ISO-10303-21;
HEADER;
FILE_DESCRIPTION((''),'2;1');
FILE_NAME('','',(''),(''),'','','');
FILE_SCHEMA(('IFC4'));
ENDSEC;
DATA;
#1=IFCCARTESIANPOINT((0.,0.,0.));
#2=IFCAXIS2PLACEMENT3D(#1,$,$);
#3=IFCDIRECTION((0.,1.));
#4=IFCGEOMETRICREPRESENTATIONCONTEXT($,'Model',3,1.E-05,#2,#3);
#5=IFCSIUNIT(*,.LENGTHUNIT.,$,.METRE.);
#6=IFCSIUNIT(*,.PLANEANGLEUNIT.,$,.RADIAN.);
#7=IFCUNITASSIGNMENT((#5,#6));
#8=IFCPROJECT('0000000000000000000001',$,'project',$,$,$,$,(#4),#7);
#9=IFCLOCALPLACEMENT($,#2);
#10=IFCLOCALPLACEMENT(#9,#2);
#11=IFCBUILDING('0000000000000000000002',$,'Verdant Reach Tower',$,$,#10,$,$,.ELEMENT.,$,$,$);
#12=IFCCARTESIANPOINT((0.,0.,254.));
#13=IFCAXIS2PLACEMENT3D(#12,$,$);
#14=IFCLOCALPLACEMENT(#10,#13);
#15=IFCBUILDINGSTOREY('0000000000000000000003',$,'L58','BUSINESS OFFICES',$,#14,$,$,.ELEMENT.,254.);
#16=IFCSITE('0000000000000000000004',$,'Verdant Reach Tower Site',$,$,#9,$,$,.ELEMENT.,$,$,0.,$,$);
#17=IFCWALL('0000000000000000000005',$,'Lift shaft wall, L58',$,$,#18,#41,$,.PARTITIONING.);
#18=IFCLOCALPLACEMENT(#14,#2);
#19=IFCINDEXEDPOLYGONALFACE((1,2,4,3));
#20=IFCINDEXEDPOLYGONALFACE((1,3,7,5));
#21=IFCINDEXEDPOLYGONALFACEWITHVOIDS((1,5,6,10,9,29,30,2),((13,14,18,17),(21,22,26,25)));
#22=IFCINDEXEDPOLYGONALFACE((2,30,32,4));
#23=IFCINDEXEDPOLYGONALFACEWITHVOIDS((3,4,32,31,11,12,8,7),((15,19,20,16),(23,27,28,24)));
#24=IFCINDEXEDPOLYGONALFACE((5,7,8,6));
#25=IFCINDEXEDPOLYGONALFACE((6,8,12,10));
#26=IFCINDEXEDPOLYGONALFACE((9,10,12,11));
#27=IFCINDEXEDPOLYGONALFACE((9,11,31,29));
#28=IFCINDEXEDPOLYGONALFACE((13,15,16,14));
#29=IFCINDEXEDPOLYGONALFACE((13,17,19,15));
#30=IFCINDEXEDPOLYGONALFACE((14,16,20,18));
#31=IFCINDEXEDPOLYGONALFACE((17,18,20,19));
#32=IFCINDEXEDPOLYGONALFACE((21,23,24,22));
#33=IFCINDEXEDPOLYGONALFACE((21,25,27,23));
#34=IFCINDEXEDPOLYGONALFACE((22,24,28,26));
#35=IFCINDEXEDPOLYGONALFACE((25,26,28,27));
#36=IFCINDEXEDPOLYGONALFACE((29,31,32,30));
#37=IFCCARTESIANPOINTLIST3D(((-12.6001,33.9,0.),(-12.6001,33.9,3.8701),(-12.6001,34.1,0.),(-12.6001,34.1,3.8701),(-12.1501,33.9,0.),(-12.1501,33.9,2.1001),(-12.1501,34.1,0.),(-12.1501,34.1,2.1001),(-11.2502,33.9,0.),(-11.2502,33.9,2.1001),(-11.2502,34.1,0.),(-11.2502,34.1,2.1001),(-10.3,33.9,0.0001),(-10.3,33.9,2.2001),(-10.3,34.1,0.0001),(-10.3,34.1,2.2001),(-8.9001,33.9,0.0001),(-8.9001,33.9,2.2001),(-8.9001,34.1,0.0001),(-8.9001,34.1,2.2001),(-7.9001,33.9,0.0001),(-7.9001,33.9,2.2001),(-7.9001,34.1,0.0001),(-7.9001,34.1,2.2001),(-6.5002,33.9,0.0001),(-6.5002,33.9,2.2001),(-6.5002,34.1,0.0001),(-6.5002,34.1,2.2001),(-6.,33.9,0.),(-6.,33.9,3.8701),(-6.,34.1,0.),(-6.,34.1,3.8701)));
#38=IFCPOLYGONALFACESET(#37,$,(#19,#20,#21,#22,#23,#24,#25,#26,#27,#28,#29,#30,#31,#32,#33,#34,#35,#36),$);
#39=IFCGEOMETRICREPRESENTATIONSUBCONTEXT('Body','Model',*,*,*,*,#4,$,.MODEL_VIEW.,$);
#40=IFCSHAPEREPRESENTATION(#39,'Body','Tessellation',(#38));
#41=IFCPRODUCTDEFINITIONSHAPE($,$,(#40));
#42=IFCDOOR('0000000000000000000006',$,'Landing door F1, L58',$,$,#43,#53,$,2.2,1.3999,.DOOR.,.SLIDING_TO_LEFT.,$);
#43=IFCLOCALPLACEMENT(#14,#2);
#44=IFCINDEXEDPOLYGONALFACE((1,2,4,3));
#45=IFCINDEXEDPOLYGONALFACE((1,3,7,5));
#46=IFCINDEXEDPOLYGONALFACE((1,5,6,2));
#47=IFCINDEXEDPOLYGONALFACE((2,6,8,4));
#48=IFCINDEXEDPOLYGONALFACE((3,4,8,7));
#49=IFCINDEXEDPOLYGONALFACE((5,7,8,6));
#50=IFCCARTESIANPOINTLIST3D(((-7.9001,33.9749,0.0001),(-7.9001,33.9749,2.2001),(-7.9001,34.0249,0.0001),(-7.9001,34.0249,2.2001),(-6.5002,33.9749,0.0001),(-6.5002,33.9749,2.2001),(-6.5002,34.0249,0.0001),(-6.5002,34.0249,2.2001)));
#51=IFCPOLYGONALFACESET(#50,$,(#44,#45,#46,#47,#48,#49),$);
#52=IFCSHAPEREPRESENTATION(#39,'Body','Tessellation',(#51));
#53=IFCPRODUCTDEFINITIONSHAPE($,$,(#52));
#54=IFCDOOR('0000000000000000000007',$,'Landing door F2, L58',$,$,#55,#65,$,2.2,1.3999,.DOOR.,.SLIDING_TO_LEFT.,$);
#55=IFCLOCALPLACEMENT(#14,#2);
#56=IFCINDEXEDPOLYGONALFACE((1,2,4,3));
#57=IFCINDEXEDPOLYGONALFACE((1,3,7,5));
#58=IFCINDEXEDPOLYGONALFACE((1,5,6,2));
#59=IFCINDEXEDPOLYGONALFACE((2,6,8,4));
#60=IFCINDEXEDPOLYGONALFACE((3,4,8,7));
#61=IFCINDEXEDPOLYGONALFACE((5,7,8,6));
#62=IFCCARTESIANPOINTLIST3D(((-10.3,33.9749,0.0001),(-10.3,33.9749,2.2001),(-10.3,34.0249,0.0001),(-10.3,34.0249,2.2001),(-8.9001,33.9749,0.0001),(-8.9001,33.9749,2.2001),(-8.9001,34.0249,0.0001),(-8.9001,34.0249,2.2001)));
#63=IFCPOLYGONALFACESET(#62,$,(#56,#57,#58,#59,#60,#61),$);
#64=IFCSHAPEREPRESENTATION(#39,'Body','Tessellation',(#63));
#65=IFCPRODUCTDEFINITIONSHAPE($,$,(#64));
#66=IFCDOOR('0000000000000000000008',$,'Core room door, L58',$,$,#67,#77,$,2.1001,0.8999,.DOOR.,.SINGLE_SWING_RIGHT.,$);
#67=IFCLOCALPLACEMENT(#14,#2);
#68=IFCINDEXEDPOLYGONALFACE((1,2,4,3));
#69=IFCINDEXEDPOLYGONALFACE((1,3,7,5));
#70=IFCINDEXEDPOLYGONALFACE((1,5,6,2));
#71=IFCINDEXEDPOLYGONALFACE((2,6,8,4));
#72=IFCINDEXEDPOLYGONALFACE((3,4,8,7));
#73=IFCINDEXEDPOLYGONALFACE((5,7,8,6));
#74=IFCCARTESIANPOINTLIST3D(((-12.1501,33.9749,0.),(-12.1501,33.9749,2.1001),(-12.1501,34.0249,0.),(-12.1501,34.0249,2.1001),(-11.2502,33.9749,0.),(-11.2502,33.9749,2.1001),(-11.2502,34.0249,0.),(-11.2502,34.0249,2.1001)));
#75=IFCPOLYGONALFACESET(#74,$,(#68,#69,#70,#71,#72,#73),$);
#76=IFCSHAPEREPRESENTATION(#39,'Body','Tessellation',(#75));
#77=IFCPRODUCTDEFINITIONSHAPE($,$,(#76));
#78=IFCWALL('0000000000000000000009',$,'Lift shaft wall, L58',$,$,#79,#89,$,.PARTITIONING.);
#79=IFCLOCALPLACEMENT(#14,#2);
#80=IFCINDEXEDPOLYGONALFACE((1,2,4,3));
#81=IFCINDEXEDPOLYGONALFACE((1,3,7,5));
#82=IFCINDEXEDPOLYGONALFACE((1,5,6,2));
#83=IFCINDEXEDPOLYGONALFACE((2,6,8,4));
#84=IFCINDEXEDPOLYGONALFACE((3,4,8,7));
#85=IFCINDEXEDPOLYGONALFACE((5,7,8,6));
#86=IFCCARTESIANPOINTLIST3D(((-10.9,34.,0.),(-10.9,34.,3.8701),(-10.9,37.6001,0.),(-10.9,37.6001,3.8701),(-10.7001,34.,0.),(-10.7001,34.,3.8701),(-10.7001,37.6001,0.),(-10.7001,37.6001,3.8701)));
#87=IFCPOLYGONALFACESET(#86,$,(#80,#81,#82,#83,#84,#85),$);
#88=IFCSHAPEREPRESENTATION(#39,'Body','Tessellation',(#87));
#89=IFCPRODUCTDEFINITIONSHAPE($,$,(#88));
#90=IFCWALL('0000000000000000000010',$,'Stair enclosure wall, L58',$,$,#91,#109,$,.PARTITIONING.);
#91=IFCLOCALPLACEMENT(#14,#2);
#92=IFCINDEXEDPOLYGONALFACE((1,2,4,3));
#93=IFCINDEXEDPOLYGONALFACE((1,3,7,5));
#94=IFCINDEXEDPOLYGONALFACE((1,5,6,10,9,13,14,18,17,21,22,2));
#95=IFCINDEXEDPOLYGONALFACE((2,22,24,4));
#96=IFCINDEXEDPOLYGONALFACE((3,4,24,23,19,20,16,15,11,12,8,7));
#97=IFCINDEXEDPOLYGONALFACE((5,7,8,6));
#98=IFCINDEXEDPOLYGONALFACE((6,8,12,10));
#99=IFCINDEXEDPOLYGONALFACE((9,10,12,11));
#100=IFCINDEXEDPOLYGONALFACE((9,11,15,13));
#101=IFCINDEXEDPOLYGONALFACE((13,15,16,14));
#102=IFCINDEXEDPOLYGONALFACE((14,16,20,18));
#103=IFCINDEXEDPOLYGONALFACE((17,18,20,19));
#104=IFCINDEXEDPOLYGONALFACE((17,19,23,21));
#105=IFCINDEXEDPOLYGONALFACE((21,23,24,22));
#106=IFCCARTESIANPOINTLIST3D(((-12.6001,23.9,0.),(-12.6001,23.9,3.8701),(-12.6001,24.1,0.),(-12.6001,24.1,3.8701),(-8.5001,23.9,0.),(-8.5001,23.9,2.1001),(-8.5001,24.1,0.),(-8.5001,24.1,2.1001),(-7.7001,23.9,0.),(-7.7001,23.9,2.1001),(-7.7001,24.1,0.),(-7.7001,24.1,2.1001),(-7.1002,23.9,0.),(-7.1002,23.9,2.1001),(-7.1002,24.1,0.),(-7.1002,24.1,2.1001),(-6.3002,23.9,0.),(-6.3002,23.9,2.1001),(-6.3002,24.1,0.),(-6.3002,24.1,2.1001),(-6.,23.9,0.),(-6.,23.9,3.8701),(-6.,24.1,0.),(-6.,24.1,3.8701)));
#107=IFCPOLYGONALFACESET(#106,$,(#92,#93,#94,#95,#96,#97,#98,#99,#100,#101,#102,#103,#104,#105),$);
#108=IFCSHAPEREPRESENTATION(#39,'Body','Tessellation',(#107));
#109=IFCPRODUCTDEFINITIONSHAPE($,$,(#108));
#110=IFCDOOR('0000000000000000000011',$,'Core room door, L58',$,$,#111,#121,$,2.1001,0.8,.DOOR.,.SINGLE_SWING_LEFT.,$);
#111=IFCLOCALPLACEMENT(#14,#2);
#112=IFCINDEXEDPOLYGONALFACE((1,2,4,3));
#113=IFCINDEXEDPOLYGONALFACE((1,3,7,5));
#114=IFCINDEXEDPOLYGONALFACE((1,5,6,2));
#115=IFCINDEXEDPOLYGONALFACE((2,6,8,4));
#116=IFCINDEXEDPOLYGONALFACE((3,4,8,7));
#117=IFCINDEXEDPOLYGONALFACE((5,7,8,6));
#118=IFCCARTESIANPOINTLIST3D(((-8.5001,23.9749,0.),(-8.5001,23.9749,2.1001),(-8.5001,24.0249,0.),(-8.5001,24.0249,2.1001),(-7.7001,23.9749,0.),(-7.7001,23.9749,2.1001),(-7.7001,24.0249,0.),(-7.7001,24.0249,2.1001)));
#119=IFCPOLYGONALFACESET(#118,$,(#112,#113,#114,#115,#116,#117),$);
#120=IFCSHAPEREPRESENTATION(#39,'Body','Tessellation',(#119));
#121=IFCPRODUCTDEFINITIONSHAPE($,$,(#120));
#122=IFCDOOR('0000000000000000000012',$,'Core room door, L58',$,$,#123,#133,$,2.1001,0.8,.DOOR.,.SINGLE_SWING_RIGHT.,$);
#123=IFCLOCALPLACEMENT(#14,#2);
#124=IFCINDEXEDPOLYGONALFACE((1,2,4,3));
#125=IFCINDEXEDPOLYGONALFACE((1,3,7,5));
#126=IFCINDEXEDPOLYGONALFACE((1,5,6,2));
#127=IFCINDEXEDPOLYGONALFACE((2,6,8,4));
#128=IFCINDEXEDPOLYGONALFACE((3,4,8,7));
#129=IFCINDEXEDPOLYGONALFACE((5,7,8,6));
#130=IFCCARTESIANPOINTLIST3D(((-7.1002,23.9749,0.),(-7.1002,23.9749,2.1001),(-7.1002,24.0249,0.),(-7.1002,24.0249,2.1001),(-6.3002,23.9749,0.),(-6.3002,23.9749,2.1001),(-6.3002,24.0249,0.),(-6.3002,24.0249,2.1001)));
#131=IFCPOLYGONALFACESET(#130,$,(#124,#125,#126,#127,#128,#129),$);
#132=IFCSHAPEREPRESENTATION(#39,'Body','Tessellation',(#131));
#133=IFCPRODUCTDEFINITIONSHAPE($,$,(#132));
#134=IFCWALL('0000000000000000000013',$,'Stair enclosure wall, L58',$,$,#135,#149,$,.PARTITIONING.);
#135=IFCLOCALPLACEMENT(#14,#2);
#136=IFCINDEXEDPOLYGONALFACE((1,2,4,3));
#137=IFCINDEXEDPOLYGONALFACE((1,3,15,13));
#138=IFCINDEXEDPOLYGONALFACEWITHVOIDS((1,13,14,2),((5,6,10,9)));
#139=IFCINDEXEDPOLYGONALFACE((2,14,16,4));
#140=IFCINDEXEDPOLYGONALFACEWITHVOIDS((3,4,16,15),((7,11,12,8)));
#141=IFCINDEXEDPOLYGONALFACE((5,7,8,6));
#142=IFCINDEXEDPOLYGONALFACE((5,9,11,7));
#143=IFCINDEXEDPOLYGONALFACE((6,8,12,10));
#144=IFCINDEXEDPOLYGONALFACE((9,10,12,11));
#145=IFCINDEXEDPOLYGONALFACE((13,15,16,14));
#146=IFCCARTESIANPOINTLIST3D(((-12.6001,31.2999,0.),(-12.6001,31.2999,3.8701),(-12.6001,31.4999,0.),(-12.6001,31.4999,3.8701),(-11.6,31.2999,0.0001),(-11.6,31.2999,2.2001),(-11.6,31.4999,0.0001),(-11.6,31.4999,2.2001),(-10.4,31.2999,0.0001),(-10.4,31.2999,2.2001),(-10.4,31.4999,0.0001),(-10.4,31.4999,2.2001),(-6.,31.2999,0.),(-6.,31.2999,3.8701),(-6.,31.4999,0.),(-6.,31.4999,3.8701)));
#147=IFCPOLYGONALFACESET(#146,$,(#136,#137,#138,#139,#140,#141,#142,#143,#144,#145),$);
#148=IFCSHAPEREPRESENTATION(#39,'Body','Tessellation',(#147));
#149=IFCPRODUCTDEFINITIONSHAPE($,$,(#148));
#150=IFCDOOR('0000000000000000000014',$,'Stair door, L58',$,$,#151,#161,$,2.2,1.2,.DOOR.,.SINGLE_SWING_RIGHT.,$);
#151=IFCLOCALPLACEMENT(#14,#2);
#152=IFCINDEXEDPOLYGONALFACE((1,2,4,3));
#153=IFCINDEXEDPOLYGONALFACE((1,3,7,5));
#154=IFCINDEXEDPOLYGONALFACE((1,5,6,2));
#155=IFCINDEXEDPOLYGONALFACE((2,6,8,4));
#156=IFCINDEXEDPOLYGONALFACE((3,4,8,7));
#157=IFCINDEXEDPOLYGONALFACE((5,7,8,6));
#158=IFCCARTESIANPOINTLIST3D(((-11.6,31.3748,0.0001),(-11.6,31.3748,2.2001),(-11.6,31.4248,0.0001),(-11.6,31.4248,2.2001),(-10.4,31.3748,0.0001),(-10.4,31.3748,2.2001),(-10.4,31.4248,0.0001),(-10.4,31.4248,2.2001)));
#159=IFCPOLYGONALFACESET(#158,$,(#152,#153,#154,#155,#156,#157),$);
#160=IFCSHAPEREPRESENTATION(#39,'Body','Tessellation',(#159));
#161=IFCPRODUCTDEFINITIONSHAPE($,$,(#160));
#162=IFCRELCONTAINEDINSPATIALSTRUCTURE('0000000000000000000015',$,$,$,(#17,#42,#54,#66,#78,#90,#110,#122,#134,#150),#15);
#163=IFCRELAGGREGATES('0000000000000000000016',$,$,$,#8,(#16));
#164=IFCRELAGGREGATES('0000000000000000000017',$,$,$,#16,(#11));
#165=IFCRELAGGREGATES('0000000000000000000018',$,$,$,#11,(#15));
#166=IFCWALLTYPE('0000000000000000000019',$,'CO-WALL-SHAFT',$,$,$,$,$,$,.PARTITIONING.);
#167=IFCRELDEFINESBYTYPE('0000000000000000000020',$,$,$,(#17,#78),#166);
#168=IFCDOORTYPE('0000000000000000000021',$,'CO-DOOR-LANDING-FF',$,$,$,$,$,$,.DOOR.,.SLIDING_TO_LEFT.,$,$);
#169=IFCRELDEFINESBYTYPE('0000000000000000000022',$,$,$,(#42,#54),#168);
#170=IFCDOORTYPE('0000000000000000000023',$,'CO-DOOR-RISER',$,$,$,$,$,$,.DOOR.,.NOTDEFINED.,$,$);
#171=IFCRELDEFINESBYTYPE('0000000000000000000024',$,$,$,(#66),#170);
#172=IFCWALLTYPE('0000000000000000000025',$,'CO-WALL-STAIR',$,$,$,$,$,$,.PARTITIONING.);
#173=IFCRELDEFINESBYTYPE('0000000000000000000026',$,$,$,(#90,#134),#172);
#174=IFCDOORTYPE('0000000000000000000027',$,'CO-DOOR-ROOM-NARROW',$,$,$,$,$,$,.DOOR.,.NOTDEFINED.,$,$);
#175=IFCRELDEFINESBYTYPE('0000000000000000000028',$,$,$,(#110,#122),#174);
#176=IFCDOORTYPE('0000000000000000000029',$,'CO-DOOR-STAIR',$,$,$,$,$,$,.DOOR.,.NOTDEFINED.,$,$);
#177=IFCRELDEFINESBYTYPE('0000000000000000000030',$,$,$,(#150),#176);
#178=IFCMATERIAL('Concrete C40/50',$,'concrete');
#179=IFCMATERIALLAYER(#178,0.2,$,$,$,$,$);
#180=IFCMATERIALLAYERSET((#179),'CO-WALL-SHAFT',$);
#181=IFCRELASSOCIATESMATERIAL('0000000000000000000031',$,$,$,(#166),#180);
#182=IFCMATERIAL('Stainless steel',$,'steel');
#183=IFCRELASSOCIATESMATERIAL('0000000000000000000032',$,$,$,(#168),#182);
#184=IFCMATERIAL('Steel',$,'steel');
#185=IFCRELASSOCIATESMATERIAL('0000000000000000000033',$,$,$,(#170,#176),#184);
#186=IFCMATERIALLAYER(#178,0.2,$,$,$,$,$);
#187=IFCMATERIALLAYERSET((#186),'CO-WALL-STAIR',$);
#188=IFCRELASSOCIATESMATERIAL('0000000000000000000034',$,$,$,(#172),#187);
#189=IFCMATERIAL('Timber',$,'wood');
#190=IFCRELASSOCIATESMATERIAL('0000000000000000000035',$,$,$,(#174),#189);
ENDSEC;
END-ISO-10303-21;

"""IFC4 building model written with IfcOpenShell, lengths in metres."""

from ifc_helpers import new_model, si_unit, direction, frame, frame_2d, origin, place, context, subcontext, project, spatial, rectangle, extrude, material, layer, layer_set, type_object, element, fill, save


model = new_model("IFC4")

# Units and contexts
model_context = context("Model", 3, precision=1e-05, world=origin(), true_north=direction((0.0, 1.0)))
body_context = subcontext(model_context, "Body", "Model", "MODEL_VIEW")
ifc_project = project(units=[si_unit("LENGTHUNIT", "METRE"), si_unit("PLANEANGLEUNIT", "RADIAN")], contexts=[model_context])

# Site, building, storey
site_placement = place(None, origin())
site = spatial("IfcSite", under=ifc_project, at=site_placement, Name="Verdant Reach Tower Site", CompositionType="ELEMENT", RefElevation=0.0)
building_placement = place(site_placement, origin())
building = spatial("IfcBuilding", under=site, at=building_placement, Name="Verdant Reach Tower", CompositionType="ELEMENT")
storey_placement = place(building_placement, frame((0.0, 0.0, 254.0)))
storey = spatial("IfcBuildingStorey", under=building, at=storey_placement, Name="L58", Description="BUSINESS OFFICES", CompositionType="ELEMENT", Elevation=254.0)

# Wall, openings, doors
ifc_material_1 = material(Name="Concrete C40/50", Category="concrete")
ifc_layer_1 = layer(ifc_material_1, 0.2)
ifc_layer_set_1 = layer_set([ifc_layer_1], Name="CO-WALL-SHAFT")
wall_type_1 = type_object("IfcWallType", Name="CO-WALL-SHAFT", PredefinedType="PARTITIONING", material=ifc_layer_set_1)
wall_1_placement = place(storey_placement, frame((-12.6001, 34.0, 0.0), z_axis=(0.0, 0.0, 1.0), x_axis=(1.0, 0.0, 0.0)))
wall_1 = element("IfcWall", 1, at=wall_1_placement, inside=storey, type_object=wall_type_1, Name="Lift shaft wall, L58", PredefinedType="PARTITIONING", context=body_context, shape_type="SweptSolid", body=[
    extrude(rectangle(XDim=6.6001, YDim=0.2, at=frame_2d((3.3, 0.0))), origin(), (0.0, 0.0, 1.0), 3.8701),
])
opening_1_placement = place(wall_1_placement, frame((4.7, 0.0, 0.0)))
opening_1 = element("IfcOpeningElement", 2, at=opening_1_placement, cuts=wall_1, PredefinedType="OPENING", context=body_context, shape_type="SweptSolid", body=[
    extrude(rectangle(XDim=1.3999, YDim=2.2, at=frame_2d((0.7, 1.1001))), frame((0.0, 0.1099, 0.0), z_axis=(0.0, -1.0, 0.0), x_axis=(1.0, 0.0, 0.0)), (0.0, 0.0, 1.0), 0.22),
])
opening_2_placement = place(wall_1_placement, frame((2.3, 0.0, 0.0)))
opening_2 = element("IfcOpeningElement", 3, at=opening_2_placement, cuts=wall_1, PredefinedType="OPENING", context=body_context, shape_type="SweptSolid", body=[
    extrude(rectangle(XDim=1.3999, YDim=2.2, at=frame_2d((0.7, 1.1001))), frame((0.0, 0.1099, 0.0), z_axis=(0.0, -1.0, 0.0), x_axis=(1.0, 0.0, 0.0)), (0.0, 0.0, 1.0), 0.22),
])
opening_3_placement = place(wall_1_placement, frame((0.45, 0.0, 0.0)))
opening_3 = element("IfcOpeningElement", 4, at=opening_3_placement, cuts=wall_1, PredefinedType="OPENING", context=body_context, shape_type="SweptSolid", body=[
    extrude(rectangle(XDim=0.8999, YDim=2.1001, at=frame_2d((0.45, 1.05))), frame((0.0, 0.1099, 0.0), z_axis=(0.0, -1.0, 0.0), x_axis=(1.0, 0.0, 0.0)), (0.0, 0.0, 1.0), 0.22),
])
ifc_material_2 = material(Name="Stainless steel", Category="steel")
door_type_1 = type_object("IfcDoorType", Name="CO-DOOR-LANDING-FF", OperationType="SLIDING_TO_LEFT", PredefinedType="DOOR", material=ifc_material_2)
door_1_placement = place(opening_1_placement, origin())
door_1 = element("IfcDoor", 5, at=door_1_placement, inside=storey, type_object=door_type_1, Name="Landing door F1, L58", OperationType="SLIDING_TO_LEFT", OverallHeight=2.2, OverallWidth=1.3999, PredefinedType="DOOR", context=body_context, shape_type="SweptSolid", body=[
    extrude(rectangle(XDim=1.3999, YDim=2.2, at=frame_2d((0.7, 1.1001))), frame((0.0, 0.0249, 0.0), z_axis=(0.0, -1.0, 0.0), x_axis=(1.0, 0.0, 0.0)), (0.0, 0.0, 1.0), 0.05),
])
fill(opening_1, door_1)
door_2_placement = place(opening_2_placement, origin())
door_2 = element("IfcDoor", 6, at=door_2_placement, inside=storey, type_object=door_type_1, Name="Landing door F2, L58", OperationType="SLIDING_TO_LEFT", OverallHeight=2.2, OverallWidth=1.3999, PredefinedType="DOOR", context=body_context, shape_type="SweptSolid", body=[
    extrude(rectangle(XDim=1.3999, YDim=2.2, at=frame_2d((0.7, 1.1001))), frame((0.0, 0.0249, 0.0), z_axis=(0.0, -1.0, 0.0), x_axis=(1.0, 0.0, 0.0)), (0.0, 0.0, 1.0), 0.05),
])
fill(opening_2, door_2)
ifc_material_3 = material(Name="Steel", Category="steel")
door_type_2 = type_object("IfcDoorType", Name="CO-DOOR-RISER", OperationType="NOTDEFINED", PredefinedType="DOOR", material=ifc_material_3)
door_3_placement = place(opening_3_placement, origin())
door_3 = element("IfcDoor", 7, at=door_3_placement, inside=storey, type_object=door_type_2, Name="Core room door, L58", OperationType="SINGLE_SWING_RIGHT", OverallHeight=2.1001, OverallWidth=0.8999, PredefinedType="DOOR", context=body_context, shape_type="SweptSolid", body=[
    extrude(rectangle(XDim=0.8999, YDim=2.1001, at=frame_2d((0.45, 1.05))), frame((0.0, 0.0249, 0.0), z_axis=(0.0, -1.0, 0.0), x_axis=(1.0, 0.0, 0.0)), (0.0, 0.0, 1.0), 0.05),
])
fill(opening_3, door_3)

# Wall
wall_2_placement = place(storey_placement, frame((-10.8, 34.0, 0.0), z_axis=(0.0, 0.0, 1.0), x_axis=(0.0, 1.0, 0.0)))
element("IfcWall", 8, at=wall_2_placement, inside=storey, type_object=wall_type_1, Name="Lift shaft wall, L58", PredefinedType="PARTITIONING", context=body_context, shape_type="SweptSolid", body=[
    extrude(rectangle(XDim=3.6001, YDim=0.2, at=frame_2d((1.8, 0.0))), origin(), (0.0, 0.0, 1.0), 3.8701),
])

# Wall, openings, doors
ifc_layer_2 = layer(ifc_material_1, 0.2)
ifc_layer_set_2 = layer_set([ifc_layer_2], Name="CO-WALL-STAIR")
wall_type_2 = type_object("IfcWallType", Name="CO-WALL-STAIR", PredefinedType="PARTITIONING", material=ifc_layer_set_2)
wall_3_placement = place(storey_placement, frame((-12.6001, 24.0, 0.0), z_axis=(0.0, 0.0, 1.0), x_axis=(1.0, 0.0, 0.0)))
wall_3 = element("IfcWall", 9, at=wall_3_placement, inside=storey, type_object=wall_type_2, Name="Stair enclosure wall, L58", PredefinedType="PARTITIONING", context=body_context, shape_type="SweptSolid", body=[
    extrude(rectangle(XDim=6.6001, YDim=0.2, at=frame_2d((3.3, 0.0))), origin(), (0.0, 0.0, 1.0), 3.8701),
])
opening_4_placement = place(wall_3_placement, frame((4.1001, 0.0, 0.0)))
opening_4 = element("IfcOpeningElement", 10, at=opening_4_placement, cuts=wall_3, PredefinedType="OPENING", context=body_context, shape_type="SweptSolid", body=[
    extrude(rectangle(XDim=0.8, YDim=2.1001, at=frame_2d((0.3999, 1.05))), frame((0.0, 0.1099, 0.0), z_axis=(0.0, -1.0, 0.0), x_axis=(1.0, 0.0, 0.0)), (0.0, 0.0, 1.0), 0.22),
])
opening_5_placement = place(wall_3_placement, frame((5.5, 0.0, 0.0)))
opening_5 = element("IfcOpeningElement", 11, at=opening_5_placement, cuts=wall_3, PredefinedType="OPENING", context=body_context, shape_type="SweptSolid", body=[
    extrude(rectangle(XDim=0.8, YDim=2.1001, at=frame_2d((0.3999, 1.05))), frame((0.0, 0.1099, 0.0), z_axis=(0.0, -1.0, 0.0), x_axis=(1.0, 0.0, 0.0)), (0.0, 0.0, 1.0), 0.22),
])
ifc_material_4 = material(Name="Timber", Category="wood")
door_type_3 = type_object("IfcDoorType", Name="CO-DOOR-ROOM-NARROW", OperationType="NOTDEFINED", PredefinedType="DOOR", material=ifc_material_4)
door_4_placement = place(opening_4_placement, origin())
door_4 = element("IfcDoor", 12, at=door_4_placement, inside=storey, type_object=door_type_3, Name="Core room door, L58", OperationType="SINGLE_SWING_LEFT", OverallHeight=2.1001, OverallWidth=0.8, PredefinedType="DOOR", context=body_context, shape_type="SweptSolid", body=[
    extrude(rectangle(XDim=0.8, YDim=2.1001, at=frame_2d((0.3999, 1.05))), frame((0.0, 0.0249, 0.0), z_axis=(0.0, -1.0, 0.0), x_axis=(1.0, 0.0, 0.0)), (0.0, 0.0, 1.0), 0.05),
])
fill(opening_4, door_4)
door_5_placement = place(opening_5_placement, origin())
door_5 = element("IfcDoor", 13, at=door_5_placement, inside=storey, type_object=door_type_3, Name="Core room door, L58", OperationType="SINGLE_SWING_RIGHT", OverallHeight=2.1001, OverallWidth=0.8, PredefinedType="DOOR", context=body_context, shape_type="SweptSolid", body=[
    extrude(rectangle(XDim=0.8, YDim=2.1001, at=frame_2d((0.3999, 1.05))), frame((0.0, 0.0249, 0.0), z_axis=(0.0, -1.0, 0.0), x_axis=(1.0, 0.0, 0.0)), (0.0, 0.0, 1.0), 0.05),
])
fill(opening_5, door_5)

# Wall, opening, door
wall_4_placement = place(storey_placement, frame((-12.6001, 31.3999, 0.0), z_axis=(0.0, 0.0, 1.0), x_axis=(1.0, 0.0, 0.0)))
wall_4 = element("IfcWall", 14, at=wall_4_placement, inside=storey, type_object=wall_type_2, Name="Stair enclosure wall, L58", PredefinedType="PARTITIONING", context=body_context, shape_type="SweptSolid", body=[
    extrude(rectangle(XDim=6.6001, YDim=0.2, at=frame_2d((3.3, 0.0))), origin(), (0.0, 0.0, 1.0), 3.8701),
])
opening_6_placement = place(wall_4_placement, frame((1.0, 0.0, 0.0)))
opening_6 = element("IfcOpeningElement", 15, at=opening_6_placement, cuts=wall_4, PredefinedType="OPENING", context=body_context, shape_type="SweptSolid", body=[
    extrude(rectangle(XDim=1.2, YDim=2.2, at=frame_2d((0.6001, 1.1001))), frame((0.0, 0.1099, 0.0), z_axis=(0.0, -1.0, 0.0), x_axis=(1.0, 0.0, 0.0)), (0.0, 0.0, 1.0), 0.22),
])
door_type_4 = type_object("IfcDoorType", Name="CO-DOOR-STAIR", OperationType="NOTDEFINED", PredefinedType="DOOR", material=ifc_material_3)
door_6_placement = place(opening_6_placement, origin())
door_6 = element("IfcDoor", 16, at=door_6_placement, inside=storey, type_object=door_type_4, Name="Stair door, L58", OperationType="SINGLE_SWING_RIGHT", OverallHeight=2.2, OverallWidth=1.2, PredefinedType="DOOR", context=body_context, shape_type="SweptSolid", body=[
    extrude(rectangle(XDim=1.2, YDim=2.2, at=frame_2d((0.6001, 1.1001))), frame((0.0, 0.0249, 0.0), z_axis=(0.0, -1.0, 0.0), x_axis=(1.0, 0.0, 0.0)), (0.0, 0.0, 1.0), 0.05),
])
fill(opening_6, door_6)

save(model, "model.ifc")
